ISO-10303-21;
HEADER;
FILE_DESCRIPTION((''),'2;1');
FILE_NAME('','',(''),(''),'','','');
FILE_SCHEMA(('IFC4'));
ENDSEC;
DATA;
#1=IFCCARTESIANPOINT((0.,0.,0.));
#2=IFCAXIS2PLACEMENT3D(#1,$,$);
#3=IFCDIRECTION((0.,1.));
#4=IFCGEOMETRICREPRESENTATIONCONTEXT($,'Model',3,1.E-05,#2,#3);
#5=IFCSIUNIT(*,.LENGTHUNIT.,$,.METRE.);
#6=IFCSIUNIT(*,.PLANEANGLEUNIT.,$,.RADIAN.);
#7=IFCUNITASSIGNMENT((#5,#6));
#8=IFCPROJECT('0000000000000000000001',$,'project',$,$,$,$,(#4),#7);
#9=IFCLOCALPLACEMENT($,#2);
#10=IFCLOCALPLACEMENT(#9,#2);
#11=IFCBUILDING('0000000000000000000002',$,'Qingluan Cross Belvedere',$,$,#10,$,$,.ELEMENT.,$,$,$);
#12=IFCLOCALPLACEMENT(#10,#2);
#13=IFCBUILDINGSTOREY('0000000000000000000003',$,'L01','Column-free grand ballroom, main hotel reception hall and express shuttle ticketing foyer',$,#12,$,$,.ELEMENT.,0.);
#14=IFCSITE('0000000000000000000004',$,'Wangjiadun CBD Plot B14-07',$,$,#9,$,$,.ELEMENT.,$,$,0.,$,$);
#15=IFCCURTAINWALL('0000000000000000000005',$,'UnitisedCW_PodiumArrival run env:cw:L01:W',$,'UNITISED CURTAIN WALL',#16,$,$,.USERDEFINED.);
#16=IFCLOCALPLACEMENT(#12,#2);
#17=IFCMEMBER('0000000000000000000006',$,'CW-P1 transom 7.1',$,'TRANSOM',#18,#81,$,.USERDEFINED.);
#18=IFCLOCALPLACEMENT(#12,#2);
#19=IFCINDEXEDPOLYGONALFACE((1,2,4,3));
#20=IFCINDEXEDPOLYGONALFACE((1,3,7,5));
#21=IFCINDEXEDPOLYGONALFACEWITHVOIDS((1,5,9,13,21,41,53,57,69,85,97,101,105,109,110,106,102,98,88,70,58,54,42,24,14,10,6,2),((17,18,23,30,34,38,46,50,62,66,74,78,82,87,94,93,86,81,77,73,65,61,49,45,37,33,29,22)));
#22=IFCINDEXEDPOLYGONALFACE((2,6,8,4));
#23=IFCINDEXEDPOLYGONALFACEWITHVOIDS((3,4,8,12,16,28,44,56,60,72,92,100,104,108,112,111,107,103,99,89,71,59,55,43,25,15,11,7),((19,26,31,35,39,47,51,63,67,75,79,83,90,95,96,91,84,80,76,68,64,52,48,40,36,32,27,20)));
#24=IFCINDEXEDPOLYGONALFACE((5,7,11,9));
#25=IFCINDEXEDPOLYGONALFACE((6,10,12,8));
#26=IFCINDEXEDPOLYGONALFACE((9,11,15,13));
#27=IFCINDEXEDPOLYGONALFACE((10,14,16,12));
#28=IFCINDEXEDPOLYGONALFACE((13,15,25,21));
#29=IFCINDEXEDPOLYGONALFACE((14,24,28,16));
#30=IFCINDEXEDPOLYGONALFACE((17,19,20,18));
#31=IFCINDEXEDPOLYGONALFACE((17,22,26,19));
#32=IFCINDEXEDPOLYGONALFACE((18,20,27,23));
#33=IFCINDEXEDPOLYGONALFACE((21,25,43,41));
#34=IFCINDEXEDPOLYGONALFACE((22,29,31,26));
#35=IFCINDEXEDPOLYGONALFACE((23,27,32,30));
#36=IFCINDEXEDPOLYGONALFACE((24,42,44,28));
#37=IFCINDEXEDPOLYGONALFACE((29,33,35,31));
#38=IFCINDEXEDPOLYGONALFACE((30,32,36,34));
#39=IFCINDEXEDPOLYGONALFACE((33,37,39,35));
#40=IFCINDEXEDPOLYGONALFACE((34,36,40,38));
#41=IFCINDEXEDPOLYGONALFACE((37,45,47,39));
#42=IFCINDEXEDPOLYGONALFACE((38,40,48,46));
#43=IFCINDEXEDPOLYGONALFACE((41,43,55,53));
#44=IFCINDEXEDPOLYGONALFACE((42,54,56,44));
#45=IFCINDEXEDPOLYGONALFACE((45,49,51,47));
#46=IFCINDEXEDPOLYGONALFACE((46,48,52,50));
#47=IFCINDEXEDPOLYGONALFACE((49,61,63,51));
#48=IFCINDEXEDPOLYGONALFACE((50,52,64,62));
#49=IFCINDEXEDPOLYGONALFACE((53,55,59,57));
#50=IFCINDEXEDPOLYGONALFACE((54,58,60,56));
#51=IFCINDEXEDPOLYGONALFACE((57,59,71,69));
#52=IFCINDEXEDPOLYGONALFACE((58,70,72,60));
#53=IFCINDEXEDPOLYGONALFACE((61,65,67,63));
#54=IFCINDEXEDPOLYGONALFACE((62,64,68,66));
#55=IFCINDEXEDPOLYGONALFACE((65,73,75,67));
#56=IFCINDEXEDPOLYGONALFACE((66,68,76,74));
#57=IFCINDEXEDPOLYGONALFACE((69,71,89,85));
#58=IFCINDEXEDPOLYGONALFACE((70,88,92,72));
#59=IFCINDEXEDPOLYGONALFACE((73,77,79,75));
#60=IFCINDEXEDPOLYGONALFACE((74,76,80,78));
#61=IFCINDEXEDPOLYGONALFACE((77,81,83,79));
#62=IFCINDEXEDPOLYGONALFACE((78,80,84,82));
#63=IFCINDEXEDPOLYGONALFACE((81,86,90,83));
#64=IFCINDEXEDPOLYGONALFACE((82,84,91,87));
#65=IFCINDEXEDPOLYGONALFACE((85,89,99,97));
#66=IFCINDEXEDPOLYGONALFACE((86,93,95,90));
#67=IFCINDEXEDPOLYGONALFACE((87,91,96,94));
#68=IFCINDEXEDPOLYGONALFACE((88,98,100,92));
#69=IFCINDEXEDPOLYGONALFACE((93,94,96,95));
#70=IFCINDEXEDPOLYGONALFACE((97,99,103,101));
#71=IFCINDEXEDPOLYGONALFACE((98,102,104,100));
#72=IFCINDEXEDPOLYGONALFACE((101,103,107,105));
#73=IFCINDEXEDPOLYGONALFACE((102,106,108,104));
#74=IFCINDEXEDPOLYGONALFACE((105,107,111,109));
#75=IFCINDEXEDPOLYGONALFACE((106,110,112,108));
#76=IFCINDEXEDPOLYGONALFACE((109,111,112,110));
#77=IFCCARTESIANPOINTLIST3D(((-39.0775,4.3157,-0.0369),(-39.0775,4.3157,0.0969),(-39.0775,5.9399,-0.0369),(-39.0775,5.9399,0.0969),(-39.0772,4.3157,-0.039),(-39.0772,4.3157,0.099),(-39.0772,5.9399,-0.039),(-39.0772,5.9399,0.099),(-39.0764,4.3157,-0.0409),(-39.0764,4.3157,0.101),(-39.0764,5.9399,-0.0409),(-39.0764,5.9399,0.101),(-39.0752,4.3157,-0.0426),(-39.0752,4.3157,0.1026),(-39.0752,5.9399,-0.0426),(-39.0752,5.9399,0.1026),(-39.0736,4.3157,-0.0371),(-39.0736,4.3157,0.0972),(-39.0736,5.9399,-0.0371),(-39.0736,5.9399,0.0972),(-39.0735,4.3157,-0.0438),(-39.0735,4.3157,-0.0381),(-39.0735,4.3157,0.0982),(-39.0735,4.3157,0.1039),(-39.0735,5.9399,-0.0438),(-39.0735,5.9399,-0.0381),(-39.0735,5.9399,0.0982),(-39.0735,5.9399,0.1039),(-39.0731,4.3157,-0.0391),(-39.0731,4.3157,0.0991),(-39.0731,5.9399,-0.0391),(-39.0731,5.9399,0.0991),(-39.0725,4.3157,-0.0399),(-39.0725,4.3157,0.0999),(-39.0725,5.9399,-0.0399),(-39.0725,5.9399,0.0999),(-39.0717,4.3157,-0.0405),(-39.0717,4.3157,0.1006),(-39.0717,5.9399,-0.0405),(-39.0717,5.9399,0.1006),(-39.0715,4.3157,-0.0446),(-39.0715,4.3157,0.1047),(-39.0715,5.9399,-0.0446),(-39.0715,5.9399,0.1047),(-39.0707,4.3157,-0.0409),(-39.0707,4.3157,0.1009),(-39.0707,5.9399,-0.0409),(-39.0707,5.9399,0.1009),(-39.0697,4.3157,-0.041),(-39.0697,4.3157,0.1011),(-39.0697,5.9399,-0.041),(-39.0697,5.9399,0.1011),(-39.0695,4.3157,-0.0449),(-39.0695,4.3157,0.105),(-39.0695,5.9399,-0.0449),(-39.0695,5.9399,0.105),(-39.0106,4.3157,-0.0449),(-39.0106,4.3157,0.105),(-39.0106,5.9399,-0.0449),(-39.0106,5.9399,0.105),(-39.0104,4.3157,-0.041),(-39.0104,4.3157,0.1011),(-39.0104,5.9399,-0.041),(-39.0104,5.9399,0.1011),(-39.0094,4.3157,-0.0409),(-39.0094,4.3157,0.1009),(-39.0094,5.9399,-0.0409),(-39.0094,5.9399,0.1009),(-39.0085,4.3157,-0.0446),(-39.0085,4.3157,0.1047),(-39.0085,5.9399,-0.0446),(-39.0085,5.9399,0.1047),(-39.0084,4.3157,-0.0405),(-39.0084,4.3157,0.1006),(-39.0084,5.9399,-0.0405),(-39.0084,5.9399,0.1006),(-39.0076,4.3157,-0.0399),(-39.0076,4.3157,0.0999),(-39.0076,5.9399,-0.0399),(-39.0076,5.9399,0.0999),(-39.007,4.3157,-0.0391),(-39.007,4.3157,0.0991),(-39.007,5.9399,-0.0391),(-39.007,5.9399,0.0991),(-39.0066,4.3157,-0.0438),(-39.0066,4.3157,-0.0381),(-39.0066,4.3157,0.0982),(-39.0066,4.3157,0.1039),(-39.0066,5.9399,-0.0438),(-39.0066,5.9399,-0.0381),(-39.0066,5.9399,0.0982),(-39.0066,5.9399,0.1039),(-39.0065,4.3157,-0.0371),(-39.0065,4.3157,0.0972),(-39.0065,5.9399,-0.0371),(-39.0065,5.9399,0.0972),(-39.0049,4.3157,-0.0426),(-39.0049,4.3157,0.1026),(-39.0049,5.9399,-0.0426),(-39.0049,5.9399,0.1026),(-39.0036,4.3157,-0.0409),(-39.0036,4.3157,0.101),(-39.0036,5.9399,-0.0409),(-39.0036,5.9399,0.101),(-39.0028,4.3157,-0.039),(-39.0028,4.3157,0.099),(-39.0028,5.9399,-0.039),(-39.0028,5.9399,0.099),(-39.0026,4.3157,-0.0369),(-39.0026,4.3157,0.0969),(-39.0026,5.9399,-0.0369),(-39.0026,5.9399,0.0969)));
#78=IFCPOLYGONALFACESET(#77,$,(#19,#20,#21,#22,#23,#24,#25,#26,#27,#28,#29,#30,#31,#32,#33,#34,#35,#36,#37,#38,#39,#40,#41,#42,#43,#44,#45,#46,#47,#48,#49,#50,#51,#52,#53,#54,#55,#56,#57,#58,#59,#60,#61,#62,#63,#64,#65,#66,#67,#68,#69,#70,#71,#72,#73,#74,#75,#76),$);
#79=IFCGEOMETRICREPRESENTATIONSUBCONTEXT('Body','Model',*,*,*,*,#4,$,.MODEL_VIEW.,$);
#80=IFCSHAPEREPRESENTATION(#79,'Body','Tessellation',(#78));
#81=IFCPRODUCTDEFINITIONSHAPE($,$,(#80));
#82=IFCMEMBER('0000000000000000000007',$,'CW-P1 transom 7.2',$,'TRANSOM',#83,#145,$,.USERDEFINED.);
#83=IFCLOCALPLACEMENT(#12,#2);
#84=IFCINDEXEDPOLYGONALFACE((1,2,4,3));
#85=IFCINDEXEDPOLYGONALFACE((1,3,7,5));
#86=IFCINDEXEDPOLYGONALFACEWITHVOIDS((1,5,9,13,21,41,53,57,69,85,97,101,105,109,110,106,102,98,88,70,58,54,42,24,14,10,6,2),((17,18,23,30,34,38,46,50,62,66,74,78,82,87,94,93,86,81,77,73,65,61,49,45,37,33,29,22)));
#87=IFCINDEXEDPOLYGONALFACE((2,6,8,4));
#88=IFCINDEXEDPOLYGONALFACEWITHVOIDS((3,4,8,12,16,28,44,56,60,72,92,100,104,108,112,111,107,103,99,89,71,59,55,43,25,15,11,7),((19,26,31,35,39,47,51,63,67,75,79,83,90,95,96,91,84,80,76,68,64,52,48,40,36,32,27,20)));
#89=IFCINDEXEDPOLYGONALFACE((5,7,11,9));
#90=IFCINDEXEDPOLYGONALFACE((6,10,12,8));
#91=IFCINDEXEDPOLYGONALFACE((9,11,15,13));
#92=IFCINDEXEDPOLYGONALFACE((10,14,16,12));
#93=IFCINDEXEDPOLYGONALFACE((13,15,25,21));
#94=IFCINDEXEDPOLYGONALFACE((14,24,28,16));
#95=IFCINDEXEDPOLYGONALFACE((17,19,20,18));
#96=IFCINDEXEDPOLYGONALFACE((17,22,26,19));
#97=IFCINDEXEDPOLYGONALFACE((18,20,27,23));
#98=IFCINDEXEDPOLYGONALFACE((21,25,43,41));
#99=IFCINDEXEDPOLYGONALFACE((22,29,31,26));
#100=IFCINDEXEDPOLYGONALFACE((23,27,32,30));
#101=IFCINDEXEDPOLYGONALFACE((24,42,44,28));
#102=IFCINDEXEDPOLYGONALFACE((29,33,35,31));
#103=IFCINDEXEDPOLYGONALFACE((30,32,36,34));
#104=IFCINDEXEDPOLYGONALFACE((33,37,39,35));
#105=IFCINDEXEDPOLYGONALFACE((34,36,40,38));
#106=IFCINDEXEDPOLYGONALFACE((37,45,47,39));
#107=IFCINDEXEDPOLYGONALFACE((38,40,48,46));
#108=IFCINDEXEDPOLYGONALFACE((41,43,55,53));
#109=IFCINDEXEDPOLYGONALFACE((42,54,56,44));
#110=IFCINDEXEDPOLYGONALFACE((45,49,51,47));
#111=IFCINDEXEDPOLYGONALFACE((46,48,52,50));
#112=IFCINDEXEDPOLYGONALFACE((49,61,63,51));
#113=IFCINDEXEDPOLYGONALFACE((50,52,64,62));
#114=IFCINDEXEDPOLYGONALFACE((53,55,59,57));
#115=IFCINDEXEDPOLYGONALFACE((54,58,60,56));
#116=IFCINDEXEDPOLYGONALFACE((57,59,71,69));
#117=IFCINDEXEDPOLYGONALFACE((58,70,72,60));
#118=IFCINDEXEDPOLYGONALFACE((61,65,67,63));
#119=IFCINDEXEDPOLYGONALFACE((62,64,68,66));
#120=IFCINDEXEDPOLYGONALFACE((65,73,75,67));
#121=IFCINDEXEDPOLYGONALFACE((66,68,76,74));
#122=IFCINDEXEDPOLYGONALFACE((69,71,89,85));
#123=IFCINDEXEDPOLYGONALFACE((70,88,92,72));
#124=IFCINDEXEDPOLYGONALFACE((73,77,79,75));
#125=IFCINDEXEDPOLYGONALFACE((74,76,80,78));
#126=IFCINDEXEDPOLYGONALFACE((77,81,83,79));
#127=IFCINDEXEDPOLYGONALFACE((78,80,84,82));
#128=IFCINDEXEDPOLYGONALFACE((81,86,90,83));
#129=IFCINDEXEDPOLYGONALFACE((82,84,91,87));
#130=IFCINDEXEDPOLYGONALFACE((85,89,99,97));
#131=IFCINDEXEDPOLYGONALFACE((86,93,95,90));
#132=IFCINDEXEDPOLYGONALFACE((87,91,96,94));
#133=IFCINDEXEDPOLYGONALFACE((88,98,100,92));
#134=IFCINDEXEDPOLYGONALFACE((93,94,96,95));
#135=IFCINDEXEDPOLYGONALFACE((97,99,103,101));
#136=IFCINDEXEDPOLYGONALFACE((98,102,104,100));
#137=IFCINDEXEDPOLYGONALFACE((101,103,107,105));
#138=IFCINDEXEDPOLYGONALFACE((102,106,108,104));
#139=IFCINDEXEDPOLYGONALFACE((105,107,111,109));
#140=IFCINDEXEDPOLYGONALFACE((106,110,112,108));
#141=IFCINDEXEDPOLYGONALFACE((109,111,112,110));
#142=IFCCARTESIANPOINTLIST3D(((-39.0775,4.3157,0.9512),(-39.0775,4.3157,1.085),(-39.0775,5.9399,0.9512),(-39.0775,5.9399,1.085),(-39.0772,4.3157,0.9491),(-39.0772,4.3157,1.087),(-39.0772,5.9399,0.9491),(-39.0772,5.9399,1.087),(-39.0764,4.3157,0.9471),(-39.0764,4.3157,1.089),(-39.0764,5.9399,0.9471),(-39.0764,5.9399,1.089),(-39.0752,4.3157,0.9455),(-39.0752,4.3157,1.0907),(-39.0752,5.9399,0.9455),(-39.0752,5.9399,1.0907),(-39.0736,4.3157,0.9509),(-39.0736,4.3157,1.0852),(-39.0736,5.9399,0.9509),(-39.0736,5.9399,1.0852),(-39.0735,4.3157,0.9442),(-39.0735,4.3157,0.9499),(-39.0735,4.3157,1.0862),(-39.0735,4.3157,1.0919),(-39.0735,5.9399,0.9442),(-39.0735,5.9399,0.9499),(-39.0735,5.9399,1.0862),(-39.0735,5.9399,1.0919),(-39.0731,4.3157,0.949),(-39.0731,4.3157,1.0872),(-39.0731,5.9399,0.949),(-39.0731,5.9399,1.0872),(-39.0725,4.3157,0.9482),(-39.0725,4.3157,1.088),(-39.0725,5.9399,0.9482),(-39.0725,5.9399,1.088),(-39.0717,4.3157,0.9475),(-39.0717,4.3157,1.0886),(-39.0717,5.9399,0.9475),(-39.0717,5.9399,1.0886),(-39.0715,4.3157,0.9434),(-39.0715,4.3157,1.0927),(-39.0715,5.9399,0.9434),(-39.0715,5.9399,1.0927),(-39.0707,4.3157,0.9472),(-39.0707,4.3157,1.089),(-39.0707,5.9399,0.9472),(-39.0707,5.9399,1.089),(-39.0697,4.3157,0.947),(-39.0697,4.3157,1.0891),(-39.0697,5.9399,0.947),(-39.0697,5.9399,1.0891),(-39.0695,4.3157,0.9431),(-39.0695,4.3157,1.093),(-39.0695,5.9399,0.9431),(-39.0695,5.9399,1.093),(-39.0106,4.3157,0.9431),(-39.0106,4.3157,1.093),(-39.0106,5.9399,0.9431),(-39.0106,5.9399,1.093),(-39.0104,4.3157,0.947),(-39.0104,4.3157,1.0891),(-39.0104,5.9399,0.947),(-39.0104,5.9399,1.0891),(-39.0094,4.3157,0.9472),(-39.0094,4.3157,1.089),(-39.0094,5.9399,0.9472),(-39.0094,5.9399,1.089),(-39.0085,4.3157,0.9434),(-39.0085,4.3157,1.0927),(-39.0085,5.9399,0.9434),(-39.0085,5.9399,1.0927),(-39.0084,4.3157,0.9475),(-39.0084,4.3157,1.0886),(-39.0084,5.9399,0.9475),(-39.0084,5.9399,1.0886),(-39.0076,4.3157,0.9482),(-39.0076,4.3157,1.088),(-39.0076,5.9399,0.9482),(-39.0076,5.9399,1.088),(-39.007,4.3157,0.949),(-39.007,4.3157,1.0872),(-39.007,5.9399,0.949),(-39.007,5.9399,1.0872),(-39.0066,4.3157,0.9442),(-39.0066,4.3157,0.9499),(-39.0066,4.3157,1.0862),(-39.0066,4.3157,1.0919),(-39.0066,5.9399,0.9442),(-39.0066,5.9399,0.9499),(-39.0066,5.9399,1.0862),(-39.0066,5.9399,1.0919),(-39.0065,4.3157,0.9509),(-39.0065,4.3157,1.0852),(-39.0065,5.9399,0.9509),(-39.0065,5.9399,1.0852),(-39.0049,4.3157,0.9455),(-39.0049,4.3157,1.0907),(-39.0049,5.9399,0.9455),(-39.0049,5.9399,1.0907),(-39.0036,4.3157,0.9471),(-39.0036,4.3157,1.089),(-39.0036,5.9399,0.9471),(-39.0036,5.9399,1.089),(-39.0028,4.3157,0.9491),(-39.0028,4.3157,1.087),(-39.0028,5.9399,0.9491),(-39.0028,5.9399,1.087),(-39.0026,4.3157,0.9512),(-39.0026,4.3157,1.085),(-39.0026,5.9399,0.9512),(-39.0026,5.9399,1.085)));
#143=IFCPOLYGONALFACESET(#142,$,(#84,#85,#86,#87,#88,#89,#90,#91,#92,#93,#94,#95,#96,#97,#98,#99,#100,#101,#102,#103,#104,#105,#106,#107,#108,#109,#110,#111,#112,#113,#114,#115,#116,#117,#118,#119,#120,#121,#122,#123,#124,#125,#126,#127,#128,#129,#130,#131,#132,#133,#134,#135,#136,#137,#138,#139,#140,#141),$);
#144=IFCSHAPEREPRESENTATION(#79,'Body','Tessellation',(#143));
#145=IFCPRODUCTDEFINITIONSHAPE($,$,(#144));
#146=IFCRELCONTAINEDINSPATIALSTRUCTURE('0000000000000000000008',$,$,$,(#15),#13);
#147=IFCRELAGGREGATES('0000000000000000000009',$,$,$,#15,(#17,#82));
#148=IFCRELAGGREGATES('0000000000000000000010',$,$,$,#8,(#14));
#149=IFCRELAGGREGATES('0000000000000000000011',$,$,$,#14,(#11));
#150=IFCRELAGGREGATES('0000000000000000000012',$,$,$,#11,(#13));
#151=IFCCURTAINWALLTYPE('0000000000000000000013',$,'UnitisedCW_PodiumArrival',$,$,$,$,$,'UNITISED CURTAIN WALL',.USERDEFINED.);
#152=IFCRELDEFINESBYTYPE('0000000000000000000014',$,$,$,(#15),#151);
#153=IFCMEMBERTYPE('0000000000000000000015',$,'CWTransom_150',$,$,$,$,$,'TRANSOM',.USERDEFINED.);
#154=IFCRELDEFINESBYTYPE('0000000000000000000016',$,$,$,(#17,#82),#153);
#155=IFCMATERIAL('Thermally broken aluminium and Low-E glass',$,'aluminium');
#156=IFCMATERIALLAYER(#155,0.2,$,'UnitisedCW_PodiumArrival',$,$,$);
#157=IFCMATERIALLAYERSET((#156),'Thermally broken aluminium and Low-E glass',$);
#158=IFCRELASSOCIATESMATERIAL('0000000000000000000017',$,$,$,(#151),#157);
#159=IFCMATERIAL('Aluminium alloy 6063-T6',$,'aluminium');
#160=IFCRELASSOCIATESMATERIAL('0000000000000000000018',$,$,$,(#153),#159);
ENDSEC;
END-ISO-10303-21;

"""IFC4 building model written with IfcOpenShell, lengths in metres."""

from ifc_helpers import new_model, si_unit, direction, frame, origin, origin_2d, place, context, subcontext, project, spatial, hollow_rectangle, extrude, material, layer, layer_set, material_profile, profile_set, type_object, element, aggregate, save


model = new_model("IFC4")

# Units and contexts
model_context = context("Model", 3, precision=1e-05, world=origin(), true_north=direction((0.0, 1.0)))
body_context = subcontext(model_context, "Body", "Model", "MODEL_VIEW")
ifc_project = project(units=[si_unit("LENGTHUNIT", "METRE"), si_unit("PLANEANGLEUNIT", "RADIAN")], contexts=[model_context])

# Site, building, storey
site_placement = place(None, origin())
site = spatial("IfcSite", under=ifc_project, at=site_placement, Name="Wangjiadun CBD Plot B14-07", CompositionType="ELEMENT", RefElevation=0.0)
building_placement = place(site_placement, origin())
building = spatial("IfcBuilding", under=site, at=building_placement, Name="Qingluan Cross Belvedere", CompositionType="ELEMENT")
storey_placement = place(building_placement, origin())
storey = spatial("IfcBuildingStorey", under=building, at=storey_placement, Name="L01", Description="Column-free grand ballroom, main hotel reception hall and express shuttle ticketing foyer", CompositionType="ELEMENT", Elevation=0.0)

# Curtain wall, members
ifc_material_1 = material(Name="Thermally broken aluminium and Low-E glass", Category="aluminium")
ifc_layer_1 = layer(ifc_material_1, 0.2, Name="UnitisedCW_PodiumArrival")
ifc_layer_set_1 = layer_set([ifc_layer_1], Name="Thermally broken aluminium and Low-E glass")
curtain_wall_type = type_object("IfcCurtainWallType", Name="UnitisedCW_PodiumArrival", ElementType="UNITISED CURTAIN WALL", PredefinedType="USERDEFINED", material=ifc_layer_set_1)
curtain_wall_placement = place(storey_placement, origin())
curtain_wall = element("IfcCurtainWall", 1, at=curtain_wall_placement, inside=storey, type_object=curtain_wall_type, Name="UnitisedCW_PodiumArrival run env:cw:L01:W", ObjectType="UNITISED CURTAIN WALL", PredefinedType="USERDEFINED")
ifc_material_2 = material(Name="Aluminium alloy 6063-T6", Category="aluminium")
ifc_material_profile_1 = material_profile(ifc_material_2, hollow_rectangle(XDim=0.075, YDim=0.1499, WallThickness=0.0039, InnerFilletRadius=0.0039, OuterFilletRadius=0.0081, at=origin_2d()), Name="CWT150x75x4")
ifc_profile_set_1 = profile_set([ifc_material_profile_1], Name="Aluminium alloy 6063-T6")
member_type_1 = type_object("IfcMemberType", Name="CWTransom_150", ElementType="TRANSOM", PredefinedType="USERDEFINED", material=ifc_profile_set_1)
member_1_placement = place(storey_placement, frame((-39.04, 4.3157, 0.03), z_axis=(0.0, 1.0, 0.0), x_axis=(-1.0, 0.0, 0.0)))
member_1 = element("IfcMember", 2, at=member_1_placement, type_object=member_type_1, Name="CW-P1 transom 7.1", ObjectType="TRANSOM", PredefinedType="USERDEFINED", context=body_context, shape_type="SweptSolid", body=[
    extrude(hollow_rectangle(XDim=0.075, YDim=0.1499, WallThickness=0.0039, InnerFilletRadius=0.0039, OuterFilletRadius=0.0081, at=origin_2d()), origin(), (0.0, 0.0, 1.0), 1.6243),
])
member_2_placement = place(storey_placement, frame((-39.04, 4.3157, 1.0181), z_axis=(0.0, 1.0, 0.0), x_axis=(-1.0, 0.0, 0.0)))
member_2 = element("IfcMember", 3, at=member_2_placement, type_object=member_type_1, Name="CW-P1 transom 7.2", ObjectType="TRANSOM", PredefinedType="USERDEFINED", context=body_context, shape_type="SweptSolid", body=[
    extrude(hollow_rectangle(XDim=0.075, YDim=0.1499, WallThickness=0.0039, InnerFilletRadius=0.0039, OuterFilletRadius=0.0081, at=origin_2d()), origin(), (0.0, 0.0, 1.0), 1.6243),
])

aggregate(curtain_wall, [member_1, member_2])

save(model, "model.ifc")
